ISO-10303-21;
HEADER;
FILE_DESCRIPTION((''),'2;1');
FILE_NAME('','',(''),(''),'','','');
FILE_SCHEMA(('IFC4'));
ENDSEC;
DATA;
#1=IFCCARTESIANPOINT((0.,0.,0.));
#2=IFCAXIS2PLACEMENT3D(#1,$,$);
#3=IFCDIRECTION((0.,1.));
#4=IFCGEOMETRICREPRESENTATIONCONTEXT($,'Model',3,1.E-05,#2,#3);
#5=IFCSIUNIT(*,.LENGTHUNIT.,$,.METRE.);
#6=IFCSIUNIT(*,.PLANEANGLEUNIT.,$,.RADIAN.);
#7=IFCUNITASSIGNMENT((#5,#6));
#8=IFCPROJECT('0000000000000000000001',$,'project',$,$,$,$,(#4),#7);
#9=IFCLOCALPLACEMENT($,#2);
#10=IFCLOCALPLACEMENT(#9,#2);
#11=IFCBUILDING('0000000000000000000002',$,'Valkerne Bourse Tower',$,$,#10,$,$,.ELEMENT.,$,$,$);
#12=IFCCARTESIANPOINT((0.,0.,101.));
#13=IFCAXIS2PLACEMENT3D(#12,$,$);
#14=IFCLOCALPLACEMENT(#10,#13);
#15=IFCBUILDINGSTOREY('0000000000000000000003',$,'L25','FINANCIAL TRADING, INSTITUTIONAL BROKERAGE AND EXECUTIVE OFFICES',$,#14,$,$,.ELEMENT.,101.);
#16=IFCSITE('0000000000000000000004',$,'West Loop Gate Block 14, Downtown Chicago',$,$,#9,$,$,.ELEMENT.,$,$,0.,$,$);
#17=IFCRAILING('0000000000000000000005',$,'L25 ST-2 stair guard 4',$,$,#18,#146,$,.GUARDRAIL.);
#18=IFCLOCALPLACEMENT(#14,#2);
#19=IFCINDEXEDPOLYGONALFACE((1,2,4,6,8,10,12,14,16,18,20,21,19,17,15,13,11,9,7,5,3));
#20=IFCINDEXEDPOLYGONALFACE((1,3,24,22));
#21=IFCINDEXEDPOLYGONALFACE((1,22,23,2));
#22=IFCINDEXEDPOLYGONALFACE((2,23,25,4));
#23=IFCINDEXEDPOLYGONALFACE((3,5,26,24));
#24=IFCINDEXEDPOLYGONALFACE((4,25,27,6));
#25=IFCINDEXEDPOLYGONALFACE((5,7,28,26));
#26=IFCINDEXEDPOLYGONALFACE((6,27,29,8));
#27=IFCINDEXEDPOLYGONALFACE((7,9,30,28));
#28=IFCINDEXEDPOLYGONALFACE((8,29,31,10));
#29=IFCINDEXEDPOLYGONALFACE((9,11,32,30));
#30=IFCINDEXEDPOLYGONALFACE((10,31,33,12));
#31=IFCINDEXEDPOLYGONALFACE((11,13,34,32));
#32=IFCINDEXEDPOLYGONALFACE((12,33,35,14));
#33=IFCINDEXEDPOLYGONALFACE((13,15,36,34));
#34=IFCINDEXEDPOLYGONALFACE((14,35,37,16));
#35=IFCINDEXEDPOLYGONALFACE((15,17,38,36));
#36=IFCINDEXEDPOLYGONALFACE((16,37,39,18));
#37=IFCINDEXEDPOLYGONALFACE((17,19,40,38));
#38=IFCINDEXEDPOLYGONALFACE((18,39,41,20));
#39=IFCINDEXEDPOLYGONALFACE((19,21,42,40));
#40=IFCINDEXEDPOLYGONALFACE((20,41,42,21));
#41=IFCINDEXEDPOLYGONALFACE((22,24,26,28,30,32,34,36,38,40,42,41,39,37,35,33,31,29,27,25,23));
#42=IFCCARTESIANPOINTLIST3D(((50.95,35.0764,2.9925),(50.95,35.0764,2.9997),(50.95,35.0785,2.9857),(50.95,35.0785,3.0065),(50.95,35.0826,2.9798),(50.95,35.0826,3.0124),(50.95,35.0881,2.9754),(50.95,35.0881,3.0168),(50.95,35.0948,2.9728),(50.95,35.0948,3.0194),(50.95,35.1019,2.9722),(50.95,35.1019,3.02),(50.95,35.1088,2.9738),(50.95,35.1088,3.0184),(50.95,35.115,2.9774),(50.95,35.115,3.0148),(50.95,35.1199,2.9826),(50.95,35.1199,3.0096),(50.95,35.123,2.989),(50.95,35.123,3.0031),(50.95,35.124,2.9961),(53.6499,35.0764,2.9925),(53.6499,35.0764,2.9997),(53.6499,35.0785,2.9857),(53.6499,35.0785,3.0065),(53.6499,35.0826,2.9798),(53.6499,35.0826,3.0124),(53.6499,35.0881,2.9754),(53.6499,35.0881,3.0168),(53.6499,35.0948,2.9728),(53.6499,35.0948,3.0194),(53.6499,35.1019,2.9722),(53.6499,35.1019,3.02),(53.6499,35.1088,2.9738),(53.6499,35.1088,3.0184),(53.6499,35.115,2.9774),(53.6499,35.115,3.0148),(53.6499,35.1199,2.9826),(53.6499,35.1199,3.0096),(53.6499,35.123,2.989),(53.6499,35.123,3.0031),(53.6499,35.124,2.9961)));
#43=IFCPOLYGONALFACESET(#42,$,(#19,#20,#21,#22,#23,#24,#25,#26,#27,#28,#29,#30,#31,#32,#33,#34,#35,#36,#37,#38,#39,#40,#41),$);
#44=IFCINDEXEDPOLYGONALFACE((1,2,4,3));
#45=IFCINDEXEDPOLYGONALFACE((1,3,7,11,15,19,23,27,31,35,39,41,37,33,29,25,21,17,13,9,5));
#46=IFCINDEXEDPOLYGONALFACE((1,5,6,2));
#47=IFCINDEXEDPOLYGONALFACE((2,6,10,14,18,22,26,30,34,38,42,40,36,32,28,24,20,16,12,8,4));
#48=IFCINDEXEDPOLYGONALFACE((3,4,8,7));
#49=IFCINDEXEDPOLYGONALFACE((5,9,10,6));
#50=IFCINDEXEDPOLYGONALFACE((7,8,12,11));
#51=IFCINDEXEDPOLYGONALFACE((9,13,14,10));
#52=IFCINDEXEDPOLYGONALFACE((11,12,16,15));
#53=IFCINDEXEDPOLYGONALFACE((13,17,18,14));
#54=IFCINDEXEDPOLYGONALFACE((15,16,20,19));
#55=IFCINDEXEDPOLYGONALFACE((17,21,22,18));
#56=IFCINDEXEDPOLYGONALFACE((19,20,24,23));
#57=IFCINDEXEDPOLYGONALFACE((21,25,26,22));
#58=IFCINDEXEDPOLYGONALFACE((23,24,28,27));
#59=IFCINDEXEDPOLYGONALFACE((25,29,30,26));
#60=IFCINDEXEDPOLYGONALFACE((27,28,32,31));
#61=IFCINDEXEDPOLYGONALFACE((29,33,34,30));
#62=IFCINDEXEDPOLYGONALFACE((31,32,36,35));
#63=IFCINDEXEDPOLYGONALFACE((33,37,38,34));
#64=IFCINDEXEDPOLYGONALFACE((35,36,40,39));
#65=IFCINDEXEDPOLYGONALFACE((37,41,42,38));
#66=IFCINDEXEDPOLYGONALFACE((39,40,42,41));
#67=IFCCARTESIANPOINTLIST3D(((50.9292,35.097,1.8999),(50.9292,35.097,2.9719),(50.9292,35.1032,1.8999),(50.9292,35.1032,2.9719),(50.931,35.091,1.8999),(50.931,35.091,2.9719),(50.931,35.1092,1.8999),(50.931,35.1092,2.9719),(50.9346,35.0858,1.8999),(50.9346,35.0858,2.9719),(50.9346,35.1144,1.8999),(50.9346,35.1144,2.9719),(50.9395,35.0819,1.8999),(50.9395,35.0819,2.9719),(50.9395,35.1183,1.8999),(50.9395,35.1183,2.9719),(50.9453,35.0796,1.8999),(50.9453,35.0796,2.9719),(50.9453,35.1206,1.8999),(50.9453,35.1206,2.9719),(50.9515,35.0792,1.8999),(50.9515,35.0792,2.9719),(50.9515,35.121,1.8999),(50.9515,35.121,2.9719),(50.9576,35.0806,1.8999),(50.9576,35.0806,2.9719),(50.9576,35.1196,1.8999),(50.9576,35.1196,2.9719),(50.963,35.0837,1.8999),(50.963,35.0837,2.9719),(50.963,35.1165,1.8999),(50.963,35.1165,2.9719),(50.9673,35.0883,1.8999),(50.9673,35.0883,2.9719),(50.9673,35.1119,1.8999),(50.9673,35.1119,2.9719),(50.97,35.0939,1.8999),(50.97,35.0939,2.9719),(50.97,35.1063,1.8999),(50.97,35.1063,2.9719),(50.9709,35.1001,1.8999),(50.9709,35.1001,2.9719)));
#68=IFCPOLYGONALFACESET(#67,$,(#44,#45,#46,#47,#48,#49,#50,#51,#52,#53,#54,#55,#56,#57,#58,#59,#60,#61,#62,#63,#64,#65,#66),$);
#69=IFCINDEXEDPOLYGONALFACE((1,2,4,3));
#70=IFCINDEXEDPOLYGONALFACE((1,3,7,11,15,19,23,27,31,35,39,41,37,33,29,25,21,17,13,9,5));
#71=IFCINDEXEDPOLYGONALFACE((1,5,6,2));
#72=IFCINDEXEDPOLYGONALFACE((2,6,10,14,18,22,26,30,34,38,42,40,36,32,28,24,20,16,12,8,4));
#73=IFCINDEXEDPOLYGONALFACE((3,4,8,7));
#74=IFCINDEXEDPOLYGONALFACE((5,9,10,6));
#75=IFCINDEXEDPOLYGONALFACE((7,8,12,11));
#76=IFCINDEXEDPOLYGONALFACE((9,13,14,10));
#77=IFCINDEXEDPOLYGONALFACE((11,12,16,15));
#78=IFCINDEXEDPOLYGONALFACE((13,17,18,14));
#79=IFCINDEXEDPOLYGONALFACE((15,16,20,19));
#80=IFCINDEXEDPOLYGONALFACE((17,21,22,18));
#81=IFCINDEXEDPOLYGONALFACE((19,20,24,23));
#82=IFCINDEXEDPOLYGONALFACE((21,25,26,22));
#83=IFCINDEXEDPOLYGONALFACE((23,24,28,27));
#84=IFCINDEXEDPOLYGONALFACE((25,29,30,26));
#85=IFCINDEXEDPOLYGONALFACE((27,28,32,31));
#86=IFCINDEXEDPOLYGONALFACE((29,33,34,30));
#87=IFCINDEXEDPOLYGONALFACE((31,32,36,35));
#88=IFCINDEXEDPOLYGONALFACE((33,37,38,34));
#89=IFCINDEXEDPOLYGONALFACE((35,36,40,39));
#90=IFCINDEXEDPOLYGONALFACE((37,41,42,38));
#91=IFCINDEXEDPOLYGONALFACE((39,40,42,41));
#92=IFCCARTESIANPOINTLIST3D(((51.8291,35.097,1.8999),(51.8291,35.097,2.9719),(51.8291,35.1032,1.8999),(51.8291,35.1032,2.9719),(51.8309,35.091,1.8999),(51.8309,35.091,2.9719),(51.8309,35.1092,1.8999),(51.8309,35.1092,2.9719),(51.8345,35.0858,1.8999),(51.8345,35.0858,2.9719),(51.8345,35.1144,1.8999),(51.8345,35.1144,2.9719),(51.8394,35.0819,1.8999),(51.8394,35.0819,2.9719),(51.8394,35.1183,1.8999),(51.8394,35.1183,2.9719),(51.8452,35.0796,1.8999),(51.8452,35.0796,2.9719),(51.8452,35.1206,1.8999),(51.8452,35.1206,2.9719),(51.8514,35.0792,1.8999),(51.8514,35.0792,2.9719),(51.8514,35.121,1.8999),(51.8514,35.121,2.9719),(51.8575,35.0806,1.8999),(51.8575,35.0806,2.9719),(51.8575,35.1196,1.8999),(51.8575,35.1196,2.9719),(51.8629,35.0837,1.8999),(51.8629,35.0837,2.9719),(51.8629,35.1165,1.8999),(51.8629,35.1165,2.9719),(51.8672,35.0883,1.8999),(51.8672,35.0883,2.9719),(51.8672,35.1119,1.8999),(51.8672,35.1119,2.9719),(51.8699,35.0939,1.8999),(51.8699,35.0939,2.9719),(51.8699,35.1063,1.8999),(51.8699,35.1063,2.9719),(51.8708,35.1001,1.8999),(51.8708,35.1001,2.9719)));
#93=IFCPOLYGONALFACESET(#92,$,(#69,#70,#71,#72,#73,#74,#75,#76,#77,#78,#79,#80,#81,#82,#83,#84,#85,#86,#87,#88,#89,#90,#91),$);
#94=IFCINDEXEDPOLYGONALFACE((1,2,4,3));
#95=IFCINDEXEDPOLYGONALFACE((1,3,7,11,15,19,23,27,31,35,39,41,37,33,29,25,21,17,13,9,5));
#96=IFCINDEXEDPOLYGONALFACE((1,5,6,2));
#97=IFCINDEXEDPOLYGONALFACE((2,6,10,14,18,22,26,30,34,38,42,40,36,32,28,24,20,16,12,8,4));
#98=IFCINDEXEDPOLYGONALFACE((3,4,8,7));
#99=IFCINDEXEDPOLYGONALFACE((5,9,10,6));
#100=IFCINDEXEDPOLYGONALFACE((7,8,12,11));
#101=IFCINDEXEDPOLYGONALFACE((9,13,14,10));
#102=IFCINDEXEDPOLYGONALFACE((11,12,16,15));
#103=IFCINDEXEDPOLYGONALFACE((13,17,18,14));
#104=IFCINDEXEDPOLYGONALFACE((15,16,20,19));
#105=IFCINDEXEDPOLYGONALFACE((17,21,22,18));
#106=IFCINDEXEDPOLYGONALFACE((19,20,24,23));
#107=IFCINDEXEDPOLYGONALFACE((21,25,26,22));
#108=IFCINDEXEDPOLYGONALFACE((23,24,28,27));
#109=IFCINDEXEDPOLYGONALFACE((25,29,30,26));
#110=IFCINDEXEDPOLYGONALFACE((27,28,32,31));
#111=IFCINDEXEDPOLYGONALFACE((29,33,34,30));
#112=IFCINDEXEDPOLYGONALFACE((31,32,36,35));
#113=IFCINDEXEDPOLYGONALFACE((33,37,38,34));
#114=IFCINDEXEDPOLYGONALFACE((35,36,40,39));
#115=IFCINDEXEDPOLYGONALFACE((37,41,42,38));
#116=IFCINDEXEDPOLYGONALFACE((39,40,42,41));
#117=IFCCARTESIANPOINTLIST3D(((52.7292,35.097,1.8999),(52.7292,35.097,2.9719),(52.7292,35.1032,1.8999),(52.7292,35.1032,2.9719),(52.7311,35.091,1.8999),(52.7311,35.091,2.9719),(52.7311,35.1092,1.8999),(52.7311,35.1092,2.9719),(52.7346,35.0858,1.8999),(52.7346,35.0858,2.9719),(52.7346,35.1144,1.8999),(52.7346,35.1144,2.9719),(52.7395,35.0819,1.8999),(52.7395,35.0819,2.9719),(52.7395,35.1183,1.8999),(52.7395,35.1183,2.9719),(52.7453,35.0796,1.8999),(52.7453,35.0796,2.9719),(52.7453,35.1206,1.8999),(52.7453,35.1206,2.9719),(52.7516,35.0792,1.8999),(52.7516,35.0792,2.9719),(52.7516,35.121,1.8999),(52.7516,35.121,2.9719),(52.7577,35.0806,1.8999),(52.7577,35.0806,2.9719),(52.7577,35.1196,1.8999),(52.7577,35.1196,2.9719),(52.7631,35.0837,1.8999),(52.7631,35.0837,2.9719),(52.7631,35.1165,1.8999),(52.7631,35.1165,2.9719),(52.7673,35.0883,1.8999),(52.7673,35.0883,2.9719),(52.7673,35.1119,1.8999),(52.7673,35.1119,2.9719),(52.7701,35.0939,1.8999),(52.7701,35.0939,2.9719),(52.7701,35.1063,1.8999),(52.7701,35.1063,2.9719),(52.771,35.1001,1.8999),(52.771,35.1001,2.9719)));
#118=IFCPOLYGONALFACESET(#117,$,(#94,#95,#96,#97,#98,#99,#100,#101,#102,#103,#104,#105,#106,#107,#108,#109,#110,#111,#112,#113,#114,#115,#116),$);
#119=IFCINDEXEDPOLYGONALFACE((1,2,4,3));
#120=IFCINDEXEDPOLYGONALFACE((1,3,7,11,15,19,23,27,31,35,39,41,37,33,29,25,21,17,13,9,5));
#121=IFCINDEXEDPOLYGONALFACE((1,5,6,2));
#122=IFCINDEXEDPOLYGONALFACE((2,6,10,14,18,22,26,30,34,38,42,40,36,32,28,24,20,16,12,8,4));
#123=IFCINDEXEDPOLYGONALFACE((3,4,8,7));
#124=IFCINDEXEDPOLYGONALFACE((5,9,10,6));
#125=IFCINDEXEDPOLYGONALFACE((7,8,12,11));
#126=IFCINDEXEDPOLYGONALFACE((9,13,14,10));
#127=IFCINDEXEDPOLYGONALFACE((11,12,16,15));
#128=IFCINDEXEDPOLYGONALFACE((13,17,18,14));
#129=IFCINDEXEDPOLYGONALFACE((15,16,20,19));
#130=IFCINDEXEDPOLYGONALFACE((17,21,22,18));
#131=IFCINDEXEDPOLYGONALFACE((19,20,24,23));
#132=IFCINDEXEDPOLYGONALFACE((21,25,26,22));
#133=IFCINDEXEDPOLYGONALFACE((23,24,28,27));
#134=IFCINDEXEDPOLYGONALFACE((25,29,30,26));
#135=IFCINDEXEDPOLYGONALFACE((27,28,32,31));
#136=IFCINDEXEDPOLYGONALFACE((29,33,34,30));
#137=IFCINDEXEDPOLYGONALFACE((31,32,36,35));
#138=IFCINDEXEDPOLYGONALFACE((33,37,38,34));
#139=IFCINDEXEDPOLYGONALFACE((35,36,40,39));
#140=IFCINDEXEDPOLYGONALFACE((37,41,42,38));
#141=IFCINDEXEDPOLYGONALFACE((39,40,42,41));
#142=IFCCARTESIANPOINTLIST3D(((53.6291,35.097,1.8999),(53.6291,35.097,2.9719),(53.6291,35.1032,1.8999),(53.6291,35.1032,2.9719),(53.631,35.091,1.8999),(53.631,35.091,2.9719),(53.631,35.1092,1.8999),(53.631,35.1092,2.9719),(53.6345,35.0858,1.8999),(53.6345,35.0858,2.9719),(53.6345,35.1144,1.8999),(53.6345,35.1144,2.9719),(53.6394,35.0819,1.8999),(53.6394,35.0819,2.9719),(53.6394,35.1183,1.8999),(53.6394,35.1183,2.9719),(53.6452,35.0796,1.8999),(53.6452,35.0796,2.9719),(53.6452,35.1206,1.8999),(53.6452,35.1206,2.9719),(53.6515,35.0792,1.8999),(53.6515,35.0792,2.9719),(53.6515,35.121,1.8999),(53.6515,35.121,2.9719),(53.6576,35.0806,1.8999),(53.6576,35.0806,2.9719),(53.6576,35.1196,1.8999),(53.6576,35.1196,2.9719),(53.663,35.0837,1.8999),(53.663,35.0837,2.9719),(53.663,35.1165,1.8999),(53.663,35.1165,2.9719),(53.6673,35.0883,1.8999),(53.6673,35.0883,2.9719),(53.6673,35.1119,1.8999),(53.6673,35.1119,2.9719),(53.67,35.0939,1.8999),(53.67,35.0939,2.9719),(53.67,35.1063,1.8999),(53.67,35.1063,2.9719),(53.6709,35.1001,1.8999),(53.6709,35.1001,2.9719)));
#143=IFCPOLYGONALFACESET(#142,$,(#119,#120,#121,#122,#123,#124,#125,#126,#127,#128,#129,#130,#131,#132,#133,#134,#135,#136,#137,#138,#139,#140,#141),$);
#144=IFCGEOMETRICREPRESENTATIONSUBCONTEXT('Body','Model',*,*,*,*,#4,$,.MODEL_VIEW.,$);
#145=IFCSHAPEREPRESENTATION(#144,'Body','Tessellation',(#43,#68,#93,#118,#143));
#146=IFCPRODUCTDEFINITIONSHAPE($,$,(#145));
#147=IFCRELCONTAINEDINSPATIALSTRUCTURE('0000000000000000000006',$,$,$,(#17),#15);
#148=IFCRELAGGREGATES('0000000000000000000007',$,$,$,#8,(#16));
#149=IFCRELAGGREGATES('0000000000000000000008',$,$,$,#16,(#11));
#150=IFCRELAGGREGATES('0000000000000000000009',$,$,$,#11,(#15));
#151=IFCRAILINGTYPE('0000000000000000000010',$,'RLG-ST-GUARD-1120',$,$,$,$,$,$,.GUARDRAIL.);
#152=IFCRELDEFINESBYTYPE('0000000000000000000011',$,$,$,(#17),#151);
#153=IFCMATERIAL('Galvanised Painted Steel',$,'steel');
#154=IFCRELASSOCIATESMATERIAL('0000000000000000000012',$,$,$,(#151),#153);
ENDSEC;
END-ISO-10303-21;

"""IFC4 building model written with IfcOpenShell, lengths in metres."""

from ifc_helpers import new_model, si_unit, direction, frame, origin, origin_2d, place, context, subcontext, project, spatial, circle, extrude, material, type_object, element, save


model = new_model("IFC4")

# Units and contexts
model_context = context("Model", 3, precision=1e-05, world=origin(), true_north=direction((0.0, 1.0)))
body_context = subcontext(model_context, "Body", "Model", "MODEL_VIEW")
ifc_project = project(units=[si_unit("LENGTHUNIT", "METRE"), si_unit("PLANEANGLEUNIT", "RADIAN")], contexts=[model_context])

# Site, building, storey
site_placement = place(None, origin())
site = spatial("IfcSite", under=ifc_project, at=site_placement, Name="West Loop Gate Block 14, Downtown Chicago", CompositionType="ELEMENT", RefElevation=0.0)
building_placement = place(site_placement, origin())
building = spatial("IfcBuilding", under=site, at=building_placement, Name="Valkerne Bourse Tower", CompositionType="ELEMENT")
storey_placement = place(building_placement, frame((0.0, 0.0, 101.0)))
storey = spatial("IfcBuildingStorey", under=building, at=storey_placement, Name="L25", Description="FINANCIAL TRADING, INSTITUTIONAL BROKERAGE AND EXECUTIVE OFFICES", CompositionType="ELEMENT", Elevation=101.0)

# Railing
ifc_material_1 = material(Name="Galvanised Painted Steel", Category="steel")
railing_type_1 = type_object("IfcRailingType", Name="RLG-ST-GUARD-1120", PredefinedType="GUARDRAIL", material=ifc_material_1)
for number, where, name in (
    (1, (50.95, 35.1001, 1.8999), "L25 ST-2 stair guard 4"),
):
    element("IfcRailing", number, at=place(storey_placement, frame(where)), inside=storey, type_object=railing_type_1, Name=name, PredefinedType="GUARDRAIL", context=body_context, shape_type="SweptSolid", body=[
        extrude(circle(Radius=0.0239, at=origin_2d()), frame((0.0, 0.0, 1.0962), z_axis=(1.0, 0.0, 0.0), x_axis=(0.0, 1.0, 0.0)), (0.0, 0.0, 1.0), 2.7),
        extrude(circle(Radius=0.021, at=origin_2d()), origin(), (0.0, 0.0, 1.0), 1.072),
        extrude(circle(Radius=0.021, at=origin_2d()), frame((0.8999, 0.0, 0.0)), (0.0, 0.0, 1.0), 1.072),
        extrude(circle(Radius=0.021, at=origin_2d()), frame((1.8, 0.0, 0.0)), (0.0, 0.0, 1.0), 1.072),
        extrude(circle(Radius=0.021, at=origin_2d()), frame((2.7, 0.0, 0.0)), (0.0, 0.0, 1.0), 1.072),
    ])

save(model, "model.ifc")
